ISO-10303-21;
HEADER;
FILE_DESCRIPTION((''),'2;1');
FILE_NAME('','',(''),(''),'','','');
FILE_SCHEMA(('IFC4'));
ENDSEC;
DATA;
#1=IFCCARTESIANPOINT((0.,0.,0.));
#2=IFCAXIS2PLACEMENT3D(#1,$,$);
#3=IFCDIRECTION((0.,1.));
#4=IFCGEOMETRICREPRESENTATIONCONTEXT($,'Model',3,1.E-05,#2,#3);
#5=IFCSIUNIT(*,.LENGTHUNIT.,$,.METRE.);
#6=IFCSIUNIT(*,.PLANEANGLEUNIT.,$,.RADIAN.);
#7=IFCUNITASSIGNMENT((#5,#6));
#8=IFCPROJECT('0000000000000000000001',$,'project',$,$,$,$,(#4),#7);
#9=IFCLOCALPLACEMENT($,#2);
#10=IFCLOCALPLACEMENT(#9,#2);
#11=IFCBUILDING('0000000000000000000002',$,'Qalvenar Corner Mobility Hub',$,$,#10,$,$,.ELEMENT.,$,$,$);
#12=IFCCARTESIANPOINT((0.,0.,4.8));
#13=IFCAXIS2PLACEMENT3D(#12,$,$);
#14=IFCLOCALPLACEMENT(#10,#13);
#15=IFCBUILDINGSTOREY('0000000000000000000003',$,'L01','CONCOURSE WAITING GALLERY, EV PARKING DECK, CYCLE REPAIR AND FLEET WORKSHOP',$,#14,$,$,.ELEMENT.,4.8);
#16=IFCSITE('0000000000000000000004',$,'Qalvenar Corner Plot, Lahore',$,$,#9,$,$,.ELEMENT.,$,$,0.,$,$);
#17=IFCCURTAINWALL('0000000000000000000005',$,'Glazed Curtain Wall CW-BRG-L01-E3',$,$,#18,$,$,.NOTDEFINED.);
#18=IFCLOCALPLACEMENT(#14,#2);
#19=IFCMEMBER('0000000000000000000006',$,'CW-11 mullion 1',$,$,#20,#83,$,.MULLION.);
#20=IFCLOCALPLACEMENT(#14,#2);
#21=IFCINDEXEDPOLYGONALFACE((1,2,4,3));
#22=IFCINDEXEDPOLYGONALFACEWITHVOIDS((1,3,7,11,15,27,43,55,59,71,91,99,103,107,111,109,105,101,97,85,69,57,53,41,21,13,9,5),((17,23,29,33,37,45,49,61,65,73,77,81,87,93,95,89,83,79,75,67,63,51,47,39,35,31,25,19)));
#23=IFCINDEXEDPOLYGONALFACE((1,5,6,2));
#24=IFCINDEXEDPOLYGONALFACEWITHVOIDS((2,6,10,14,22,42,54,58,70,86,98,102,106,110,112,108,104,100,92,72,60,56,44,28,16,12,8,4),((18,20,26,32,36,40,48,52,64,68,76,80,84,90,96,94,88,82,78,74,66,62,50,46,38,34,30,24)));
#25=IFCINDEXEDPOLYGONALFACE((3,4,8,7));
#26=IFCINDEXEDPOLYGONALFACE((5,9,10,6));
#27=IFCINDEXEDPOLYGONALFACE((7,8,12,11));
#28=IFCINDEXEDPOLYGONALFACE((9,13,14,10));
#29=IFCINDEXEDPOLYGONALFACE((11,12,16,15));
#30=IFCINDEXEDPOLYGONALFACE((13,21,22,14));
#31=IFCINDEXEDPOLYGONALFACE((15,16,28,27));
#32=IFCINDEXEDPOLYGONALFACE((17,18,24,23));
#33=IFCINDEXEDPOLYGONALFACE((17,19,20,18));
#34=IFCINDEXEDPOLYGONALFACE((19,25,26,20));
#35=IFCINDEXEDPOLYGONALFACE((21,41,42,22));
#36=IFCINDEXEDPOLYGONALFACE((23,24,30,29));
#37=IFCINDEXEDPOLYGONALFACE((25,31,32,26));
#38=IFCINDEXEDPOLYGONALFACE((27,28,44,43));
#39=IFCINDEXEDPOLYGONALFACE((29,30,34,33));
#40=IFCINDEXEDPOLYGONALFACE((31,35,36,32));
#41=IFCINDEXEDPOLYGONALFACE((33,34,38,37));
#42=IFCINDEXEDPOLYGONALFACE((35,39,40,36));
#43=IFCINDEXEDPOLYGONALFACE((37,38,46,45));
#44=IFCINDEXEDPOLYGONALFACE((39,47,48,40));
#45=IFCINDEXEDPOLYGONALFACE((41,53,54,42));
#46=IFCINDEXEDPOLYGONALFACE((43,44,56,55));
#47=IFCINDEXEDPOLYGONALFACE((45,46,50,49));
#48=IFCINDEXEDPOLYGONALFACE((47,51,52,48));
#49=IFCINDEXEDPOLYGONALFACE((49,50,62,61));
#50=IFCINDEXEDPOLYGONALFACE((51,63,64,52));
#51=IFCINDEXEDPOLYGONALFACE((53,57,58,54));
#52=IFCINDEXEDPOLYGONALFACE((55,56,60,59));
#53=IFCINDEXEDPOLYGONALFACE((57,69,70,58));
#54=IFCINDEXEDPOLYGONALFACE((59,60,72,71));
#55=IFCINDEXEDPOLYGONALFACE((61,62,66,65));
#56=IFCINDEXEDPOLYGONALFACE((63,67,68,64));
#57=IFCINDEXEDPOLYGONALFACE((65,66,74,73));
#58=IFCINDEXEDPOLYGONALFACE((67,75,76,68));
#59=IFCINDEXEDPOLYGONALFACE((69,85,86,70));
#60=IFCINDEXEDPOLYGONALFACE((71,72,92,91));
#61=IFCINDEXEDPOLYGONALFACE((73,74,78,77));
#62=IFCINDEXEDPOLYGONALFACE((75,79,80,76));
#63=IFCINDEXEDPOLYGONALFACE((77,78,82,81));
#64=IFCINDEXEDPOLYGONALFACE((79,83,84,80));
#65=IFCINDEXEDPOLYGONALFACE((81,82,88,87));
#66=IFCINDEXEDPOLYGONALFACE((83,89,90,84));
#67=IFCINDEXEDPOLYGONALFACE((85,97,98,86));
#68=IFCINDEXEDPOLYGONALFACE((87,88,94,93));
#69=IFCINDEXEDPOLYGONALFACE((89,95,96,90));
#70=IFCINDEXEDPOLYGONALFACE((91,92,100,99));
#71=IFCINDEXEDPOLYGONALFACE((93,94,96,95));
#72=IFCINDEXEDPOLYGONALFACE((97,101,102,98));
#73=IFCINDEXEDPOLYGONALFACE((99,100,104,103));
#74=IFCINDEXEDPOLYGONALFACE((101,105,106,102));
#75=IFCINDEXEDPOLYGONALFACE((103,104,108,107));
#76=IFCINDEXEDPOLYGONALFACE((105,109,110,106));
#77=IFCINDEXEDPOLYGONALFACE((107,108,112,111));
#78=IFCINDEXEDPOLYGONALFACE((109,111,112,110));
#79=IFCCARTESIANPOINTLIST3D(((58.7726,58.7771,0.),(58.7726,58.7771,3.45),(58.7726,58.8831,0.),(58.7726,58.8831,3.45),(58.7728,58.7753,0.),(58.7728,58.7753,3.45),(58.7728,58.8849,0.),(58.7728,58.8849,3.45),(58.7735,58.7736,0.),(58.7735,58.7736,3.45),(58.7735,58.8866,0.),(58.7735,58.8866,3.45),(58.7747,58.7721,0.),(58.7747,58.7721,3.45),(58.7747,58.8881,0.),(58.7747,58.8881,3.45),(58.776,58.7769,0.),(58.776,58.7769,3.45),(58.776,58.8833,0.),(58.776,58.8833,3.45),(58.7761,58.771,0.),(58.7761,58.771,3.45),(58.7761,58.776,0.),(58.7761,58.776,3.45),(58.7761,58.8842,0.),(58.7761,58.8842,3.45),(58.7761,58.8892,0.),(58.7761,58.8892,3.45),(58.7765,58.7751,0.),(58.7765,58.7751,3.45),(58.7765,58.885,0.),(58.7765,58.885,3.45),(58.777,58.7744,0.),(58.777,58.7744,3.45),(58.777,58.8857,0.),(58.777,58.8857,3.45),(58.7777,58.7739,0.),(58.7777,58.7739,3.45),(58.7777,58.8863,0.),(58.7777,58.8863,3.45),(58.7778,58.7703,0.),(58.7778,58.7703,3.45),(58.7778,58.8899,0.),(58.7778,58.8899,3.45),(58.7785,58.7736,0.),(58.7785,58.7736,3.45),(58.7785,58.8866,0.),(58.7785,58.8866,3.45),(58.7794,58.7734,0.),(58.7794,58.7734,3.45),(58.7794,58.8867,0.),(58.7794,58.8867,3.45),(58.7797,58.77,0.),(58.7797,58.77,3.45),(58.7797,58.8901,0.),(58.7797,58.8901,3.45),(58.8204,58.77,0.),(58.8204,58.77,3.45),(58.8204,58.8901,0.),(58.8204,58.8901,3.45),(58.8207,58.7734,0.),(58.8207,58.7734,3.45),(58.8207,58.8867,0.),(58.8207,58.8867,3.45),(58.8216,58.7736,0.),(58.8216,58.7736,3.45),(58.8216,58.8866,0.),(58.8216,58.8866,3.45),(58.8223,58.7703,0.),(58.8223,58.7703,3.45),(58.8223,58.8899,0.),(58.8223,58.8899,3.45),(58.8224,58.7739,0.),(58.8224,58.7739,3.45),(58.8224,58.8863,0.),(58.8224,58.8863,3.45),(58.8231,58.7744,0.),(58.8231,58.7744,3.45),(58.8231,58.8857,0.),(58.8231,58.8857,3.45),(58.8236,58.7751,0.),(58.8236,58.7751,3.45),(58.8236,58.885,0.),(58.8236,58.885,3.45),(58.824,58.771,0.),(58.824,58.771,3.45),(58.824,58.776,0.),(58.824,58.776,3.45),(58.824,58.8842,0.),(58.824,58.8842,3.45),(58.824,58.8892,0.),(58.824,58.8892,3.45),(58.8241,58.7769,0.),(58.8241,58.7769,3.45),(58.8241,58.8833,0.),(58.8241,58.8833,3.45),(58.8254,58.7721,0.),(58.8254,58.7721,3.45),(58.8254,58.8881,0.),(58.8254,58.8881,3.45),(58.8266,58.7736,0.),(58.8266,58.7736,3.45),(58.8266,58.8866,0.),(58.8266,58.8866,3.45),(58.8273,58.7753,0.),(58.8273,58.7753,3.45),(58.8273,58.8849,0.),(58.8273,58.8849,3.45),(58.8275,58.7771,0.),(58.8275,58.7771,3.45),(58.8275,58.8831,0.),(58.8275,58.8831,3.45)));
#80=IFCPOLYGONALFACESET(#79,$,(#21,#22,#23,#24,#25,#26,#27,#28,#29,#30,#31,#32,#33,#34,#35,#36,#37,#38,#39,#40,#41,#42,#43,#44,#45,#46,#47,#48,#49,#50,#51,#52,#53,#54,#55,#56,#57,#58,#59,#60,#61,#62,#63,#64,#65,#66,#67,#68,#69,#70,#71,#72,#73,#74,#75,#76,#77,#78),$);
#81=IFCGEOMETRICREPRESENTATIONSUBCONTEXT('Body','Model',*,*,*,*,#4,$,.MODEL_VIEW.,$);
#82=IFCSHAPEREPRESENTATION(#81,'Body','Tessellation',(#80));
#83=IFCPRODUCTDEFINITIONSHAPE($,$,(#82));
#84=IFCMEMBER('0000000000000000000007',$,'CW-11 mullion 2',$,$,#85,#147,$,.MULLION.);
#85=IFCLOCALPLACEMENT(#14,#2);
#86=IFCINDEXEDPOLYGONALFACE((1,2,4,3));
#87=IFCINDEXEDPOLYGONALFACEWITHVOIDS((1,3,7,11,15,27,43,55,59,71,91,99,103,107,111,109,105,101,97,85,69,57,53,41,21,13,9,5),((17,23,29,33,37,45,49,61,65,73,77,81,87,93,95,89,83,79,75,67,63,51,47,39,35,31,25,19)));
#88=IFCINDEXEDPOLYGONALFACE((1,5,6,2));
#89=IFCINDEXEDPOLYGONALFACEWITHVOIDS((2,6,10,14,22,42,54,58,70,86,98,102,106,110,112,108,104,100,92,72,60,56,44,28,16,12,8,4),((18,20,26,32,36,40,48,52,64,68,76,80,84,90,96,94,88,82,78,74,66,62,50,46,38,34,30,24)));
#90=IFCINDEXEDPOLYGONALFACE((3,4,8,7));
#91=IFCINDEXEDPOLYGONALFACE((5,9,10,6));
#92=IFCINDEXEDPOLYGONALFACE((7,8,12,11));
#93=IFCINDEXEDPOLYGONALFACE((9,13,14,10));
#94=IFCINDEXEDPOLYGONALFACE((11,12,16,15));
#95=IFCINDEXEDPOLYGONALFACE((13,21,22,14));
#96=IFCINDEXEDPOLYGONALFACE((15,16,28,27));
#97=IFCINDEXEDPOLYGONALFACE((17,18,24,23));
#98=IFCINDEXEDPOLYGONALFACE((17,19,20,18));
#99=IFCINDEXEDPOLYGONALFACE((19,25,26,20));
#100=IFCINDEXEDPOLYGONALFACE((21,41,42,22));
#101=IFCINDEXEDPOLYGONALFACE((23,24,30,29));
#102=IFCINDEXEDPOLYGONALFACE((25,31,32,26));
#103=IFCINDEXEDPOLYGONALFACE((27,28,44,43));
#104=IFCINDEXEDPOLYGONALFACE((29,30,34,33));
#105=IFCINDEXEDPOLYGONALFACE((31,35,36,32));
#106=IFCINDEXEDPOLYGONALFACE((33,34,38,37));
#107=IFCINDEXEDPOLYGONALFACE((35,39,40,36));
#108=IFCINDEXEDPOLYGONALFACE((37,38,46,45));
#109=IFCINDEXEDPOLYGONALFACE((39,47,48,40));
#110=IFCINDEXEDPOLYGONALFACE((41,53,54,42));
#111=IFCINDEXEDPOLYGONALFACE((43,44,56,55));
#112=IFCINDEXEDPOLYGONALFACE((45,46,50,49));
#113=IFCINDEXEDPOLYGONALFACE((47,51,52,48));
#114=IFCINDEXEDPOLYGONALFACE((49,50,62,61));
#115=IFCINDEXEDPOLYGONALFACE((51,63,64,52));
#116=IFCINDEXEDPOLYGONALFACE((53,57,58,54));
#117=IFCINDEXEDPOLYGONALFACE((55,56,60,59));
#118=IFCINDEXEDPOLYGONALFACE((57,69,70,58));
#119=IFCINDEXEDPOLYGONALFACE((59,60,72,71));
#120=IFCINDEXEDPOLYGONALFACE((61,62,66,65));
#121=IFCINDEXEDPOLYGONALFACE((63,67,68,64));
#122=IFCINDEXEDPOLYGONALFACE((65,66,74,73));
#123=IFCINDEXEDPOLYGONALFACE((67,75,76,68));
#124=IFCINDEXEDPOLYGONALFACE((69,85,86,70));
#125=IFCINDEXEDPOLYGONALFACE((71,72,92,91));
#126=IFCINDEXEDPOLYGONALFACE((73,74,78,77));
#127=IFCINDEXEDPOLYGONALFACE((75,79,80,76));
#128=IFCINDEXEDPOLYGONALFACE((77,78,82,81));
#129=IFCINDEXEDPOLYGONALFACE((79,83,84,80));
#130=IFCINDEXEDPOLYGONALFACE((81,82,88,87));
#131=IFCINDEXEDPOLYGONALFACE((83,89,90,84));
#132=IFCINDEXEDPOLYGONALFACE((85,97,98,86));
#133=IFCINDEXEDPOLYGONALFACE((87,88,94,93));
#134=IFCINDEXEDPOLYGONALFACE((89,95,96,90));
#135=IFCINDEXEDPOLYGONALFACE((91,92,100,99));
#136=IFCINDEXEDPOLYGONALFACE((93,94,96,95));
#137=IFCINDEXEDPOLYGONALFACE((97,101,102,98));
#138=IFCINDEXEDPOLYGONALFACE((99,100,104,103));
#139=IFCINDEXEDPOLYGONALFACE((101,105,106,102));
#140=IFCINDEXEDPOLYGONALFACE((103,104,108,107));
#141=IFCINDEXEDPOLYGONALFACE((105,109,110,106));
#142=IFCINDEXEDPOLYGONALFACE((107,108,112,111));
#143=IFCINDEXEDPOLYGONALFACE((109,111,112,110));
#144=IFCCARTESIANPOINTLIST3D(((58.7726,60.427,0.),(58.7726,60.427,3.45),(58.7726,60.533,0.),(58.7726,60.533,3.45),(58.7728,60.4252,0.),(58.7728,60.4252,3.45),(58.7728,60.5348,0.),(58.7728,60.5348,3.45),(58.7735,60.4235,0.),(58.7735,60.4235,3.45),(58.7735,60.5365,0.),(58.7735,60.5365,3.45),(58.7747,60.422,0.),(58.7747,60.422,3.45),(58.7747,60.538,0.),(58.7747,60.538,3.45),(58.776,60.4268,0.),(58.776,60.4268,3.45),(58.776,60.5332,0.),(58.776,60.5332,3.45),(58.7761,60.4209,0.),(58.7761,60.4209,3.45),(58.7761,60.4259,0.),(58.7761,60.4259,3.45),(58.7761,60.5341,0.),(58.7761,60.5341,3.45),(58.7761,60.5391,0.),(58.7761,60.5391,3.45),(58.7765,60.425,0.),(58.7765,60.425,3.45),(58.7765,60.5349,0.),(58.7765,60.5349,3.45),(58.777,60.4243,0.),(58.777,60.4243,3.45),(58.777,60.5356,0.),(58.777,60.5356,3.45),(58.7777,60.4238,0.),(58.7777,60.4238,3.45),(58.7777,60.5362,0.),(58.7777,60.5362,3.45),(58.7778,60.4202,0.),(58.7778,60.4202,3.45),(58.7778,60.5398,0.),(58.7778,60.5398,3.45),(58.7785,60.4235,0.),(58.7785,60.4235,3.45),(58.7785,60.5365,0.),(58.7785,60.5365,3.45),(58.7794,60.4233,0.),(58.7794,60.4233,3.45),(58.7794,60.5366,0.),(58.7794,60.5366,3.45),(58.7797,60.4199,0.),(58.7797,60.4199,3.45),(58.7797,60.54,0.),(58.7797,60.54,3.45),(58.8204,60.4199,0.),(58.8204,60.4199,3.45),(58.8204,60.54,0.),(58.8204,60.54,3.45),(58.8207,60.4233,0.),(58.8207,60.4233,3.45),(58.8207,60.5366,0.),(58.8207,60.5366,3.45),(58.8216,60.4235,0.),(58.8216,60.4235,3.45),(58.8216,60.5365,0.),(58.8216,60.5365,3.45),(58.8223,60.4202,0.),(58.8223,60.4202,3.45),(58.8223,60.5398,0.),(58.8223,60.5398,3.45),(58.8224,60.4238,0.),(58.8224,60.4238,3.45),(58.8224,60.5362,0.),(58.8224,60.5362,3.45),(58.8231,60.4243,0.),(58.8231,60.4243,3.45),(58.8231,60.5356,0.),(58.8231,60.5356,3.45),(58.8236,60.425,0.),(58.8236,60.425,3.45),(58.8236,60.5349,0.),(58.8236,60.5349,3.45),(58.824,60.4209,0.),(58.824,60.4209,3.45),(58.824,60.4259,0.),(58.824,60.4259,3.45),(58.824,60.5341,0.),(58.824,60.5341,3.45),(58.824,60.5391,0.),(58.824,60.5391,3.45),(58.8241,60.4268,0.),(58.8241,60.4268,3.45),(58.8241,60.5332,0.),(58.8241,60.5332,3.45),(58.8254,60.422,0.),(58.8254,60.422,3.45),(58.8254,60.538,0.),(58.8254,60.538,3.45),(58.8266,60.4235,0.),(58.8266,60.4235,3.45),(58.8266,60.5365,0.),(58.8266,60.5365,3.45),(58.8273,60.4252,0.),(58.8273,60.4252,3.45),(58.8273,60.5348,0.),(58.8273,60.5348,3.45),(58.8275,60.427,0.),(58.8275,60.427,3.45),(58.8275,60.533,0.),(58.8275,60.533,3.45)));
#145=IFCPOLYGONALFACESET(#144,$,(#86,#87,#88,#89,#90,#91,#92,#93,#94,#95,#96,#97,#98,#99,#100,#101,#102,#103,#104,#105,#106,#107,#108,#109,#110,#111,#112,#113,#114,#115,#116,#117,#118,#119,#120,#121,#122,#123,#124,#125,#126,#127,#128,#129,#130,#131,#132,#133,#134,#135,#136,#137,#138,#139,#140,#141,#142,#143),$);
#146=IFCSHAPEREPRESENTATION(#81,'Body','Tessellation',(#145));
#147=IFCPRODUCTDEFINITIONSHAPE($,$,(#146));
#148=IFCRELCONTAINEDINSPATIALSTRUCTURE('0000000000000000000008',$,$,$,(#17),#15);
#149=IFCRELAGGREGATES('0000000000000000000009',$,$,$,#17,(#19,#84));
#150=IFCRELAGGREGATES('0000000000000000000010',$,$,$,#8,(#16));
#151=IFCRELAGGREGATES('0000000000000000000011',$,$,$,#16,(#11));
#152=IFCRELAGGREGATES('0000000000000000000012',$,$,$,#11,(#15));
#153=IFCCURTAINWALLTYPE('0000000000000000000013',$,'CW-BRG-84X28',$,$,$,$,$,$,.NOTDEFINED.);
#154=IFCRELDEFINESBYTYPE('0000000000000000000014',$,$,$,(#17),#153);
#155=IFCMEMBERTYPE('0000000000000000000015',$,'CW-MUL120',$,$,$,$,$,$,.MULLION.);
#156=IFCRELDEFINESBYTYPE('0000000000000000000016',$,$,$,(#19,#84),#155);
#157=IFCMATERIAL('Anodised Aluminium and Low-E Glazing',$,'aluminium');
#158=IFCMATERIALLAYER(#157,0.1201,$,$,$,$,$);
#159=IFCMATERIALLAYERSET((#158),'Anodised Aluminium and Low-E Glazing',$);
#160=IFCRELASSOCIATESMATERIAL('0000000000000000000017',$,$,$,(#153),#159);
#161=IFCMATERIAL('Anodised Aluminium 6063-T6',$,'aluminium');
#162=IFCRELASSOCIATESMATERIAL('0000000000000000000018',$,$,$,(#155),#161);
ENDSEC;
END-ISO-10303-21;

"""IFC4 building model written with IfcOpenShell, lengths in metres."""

from ifc_helpers import new_model, si_unit, direction, frame, origin, origin_2d, place, context, subcontext, project, spatial, hollow_rectangle, extrude, material, layer, layer_set, material_profile, profile_set, type_object, element, aggregate, save


model = new_model("IFC4")

# Units and contexts
model_context = context("Model", 3, precision=1e-05, world=origin(), true_north=direction((0.0, 1.0)))
body_context = subcontext(model_context, "Body", "Model", "MODEL_VIEW")
ifc_project = project(units=[si_unit("LENGTHUNIT", "METRE"), si_unit("PLANEANGLEUNIT", "RADIAN")], contexts=[model_context])

# Site, building, storey
site_placement = place(None, origin())
site = spatial("IfcSite", under=ifc_project, at=site_placement, Name="Qalvenar Corner Plot, Lahore", CompositionType="ELEMENT", RefElevation=0.0)
building_placement = place(site_placement, origin())
building = spatial("IfcBuilding", under=site, at=building_placement, Name="Qalvenar Corner Mobility Hub", CompositionType="ELEMENT")
storey_placement = place(building_placement, frame((0.0, 0.0, 4.8)))
storey = spatial("IfcBuildingStorey", under=building, at=storey_placement, Name="L01", Description="CONCOURSE WAITING GALLERY, EV PARKING DECK, CYCLE REPAIR AND FLEET WORKSHOP", CompositionType="ELEMENT", Elevation=4.8)

# Shared definitions
ifc_material_1 = material(Name="Anodised Aluminium and Low-E Glazing", Category="aluminium")
ifc_layer_1 = layer(ifc_material_1, 0.1201)
ifc_layer_set_1 = layer_set([ifc_layer_1], Name="Anodised Aluminium and Low-E Glazing")
curtain_wall_type = type_object("IfcCurtainWallType", Name="CW-BRG-84X28", PredefinedType="NOTDEFINED", material=ifc_layer_set_1)
ifc_material_2 = material(Name="Anodised Aluminium 6063-T6", Category="aluminium")
ifc_material_profile_1 = material_profile(ifc_material_2, hollow_rectangle(XDim=0.0549, YDim=0.1201, WallThickness=0.0034, InnerFilletRadius=0.0034, OuterFilletRadius=0.0071, at=origin_2d()), Name="RHS120x55x3.5")
ifc_profile_set_1 = profile_set([ifc_material_profile_1], Name="Anodised Aluminium 6063-T6")
member_type_1 = type_object("IfcMemberType", Name="CW-MUL120", PredefinedType="MULLION", material=ifc_profile_set_1)

# Curtain wall, members
curtain_wall_1_placement = place(storey_placement, origin())
curtain_wall_1 = element("IfcCurtainWall", 1, at=curtain_wall_1_placement, inside=storey, type_object=curtain_wall_type, Name="Glazed Curtain Wall CW-BRG-L01-E3", PredefinedType="NOTDEFINED")
member_1_placement = place(storey_placement, frame((58.8, 58.8301, 0.0), z_axis=(0.0, 0.0, 1.0), x_axis=(-1.0, 0.0, 0.0)))
member_1 = element("IfcMember", 2, at=member_1_placement, type_object=member_type_1, Name="CW-11 mullion 1", PredefinedType="MULLION", context=body_context, shape_type="SweptSolid", body=[
    extrude(hollow_rectangle(XDim=0.0549, YDim=0.1201, WallThickness=0.0034, InnerFilletRadius=0.0034, OuterFilletRadius=0.0071, at=origin_2d()), origin(), (0.0, 0.0, 1.0), 3.45),
])
member_2_placement = place(storey_placement, frame((58.8, 60.48, 0.0), z_axis=(0.0, 0.0, 1.0), x_axis=(-1.0, 0.0, 0.0)))
member_2 = element("IfcMember", 3, at=member_2_placement, type_object=member_type_1, Name="CW-11 mullion 2", PredefinedType="MULLION", context=body_context, shape_type="SweptSolid", body=[
    extrude(hollow_rectangle(XDim=0.0549, YDim=0.1201, WallThickness=0.0034, InnerFilletRadius=0.0034, OuterFilletRadius=0.0071, at=origin_2d()), origin(), (0.0, 0.0, 1.0), 3.45),
])

aggregate(curtain_wall_1, [member_1, member_2])

save(model, "model.ifc")
